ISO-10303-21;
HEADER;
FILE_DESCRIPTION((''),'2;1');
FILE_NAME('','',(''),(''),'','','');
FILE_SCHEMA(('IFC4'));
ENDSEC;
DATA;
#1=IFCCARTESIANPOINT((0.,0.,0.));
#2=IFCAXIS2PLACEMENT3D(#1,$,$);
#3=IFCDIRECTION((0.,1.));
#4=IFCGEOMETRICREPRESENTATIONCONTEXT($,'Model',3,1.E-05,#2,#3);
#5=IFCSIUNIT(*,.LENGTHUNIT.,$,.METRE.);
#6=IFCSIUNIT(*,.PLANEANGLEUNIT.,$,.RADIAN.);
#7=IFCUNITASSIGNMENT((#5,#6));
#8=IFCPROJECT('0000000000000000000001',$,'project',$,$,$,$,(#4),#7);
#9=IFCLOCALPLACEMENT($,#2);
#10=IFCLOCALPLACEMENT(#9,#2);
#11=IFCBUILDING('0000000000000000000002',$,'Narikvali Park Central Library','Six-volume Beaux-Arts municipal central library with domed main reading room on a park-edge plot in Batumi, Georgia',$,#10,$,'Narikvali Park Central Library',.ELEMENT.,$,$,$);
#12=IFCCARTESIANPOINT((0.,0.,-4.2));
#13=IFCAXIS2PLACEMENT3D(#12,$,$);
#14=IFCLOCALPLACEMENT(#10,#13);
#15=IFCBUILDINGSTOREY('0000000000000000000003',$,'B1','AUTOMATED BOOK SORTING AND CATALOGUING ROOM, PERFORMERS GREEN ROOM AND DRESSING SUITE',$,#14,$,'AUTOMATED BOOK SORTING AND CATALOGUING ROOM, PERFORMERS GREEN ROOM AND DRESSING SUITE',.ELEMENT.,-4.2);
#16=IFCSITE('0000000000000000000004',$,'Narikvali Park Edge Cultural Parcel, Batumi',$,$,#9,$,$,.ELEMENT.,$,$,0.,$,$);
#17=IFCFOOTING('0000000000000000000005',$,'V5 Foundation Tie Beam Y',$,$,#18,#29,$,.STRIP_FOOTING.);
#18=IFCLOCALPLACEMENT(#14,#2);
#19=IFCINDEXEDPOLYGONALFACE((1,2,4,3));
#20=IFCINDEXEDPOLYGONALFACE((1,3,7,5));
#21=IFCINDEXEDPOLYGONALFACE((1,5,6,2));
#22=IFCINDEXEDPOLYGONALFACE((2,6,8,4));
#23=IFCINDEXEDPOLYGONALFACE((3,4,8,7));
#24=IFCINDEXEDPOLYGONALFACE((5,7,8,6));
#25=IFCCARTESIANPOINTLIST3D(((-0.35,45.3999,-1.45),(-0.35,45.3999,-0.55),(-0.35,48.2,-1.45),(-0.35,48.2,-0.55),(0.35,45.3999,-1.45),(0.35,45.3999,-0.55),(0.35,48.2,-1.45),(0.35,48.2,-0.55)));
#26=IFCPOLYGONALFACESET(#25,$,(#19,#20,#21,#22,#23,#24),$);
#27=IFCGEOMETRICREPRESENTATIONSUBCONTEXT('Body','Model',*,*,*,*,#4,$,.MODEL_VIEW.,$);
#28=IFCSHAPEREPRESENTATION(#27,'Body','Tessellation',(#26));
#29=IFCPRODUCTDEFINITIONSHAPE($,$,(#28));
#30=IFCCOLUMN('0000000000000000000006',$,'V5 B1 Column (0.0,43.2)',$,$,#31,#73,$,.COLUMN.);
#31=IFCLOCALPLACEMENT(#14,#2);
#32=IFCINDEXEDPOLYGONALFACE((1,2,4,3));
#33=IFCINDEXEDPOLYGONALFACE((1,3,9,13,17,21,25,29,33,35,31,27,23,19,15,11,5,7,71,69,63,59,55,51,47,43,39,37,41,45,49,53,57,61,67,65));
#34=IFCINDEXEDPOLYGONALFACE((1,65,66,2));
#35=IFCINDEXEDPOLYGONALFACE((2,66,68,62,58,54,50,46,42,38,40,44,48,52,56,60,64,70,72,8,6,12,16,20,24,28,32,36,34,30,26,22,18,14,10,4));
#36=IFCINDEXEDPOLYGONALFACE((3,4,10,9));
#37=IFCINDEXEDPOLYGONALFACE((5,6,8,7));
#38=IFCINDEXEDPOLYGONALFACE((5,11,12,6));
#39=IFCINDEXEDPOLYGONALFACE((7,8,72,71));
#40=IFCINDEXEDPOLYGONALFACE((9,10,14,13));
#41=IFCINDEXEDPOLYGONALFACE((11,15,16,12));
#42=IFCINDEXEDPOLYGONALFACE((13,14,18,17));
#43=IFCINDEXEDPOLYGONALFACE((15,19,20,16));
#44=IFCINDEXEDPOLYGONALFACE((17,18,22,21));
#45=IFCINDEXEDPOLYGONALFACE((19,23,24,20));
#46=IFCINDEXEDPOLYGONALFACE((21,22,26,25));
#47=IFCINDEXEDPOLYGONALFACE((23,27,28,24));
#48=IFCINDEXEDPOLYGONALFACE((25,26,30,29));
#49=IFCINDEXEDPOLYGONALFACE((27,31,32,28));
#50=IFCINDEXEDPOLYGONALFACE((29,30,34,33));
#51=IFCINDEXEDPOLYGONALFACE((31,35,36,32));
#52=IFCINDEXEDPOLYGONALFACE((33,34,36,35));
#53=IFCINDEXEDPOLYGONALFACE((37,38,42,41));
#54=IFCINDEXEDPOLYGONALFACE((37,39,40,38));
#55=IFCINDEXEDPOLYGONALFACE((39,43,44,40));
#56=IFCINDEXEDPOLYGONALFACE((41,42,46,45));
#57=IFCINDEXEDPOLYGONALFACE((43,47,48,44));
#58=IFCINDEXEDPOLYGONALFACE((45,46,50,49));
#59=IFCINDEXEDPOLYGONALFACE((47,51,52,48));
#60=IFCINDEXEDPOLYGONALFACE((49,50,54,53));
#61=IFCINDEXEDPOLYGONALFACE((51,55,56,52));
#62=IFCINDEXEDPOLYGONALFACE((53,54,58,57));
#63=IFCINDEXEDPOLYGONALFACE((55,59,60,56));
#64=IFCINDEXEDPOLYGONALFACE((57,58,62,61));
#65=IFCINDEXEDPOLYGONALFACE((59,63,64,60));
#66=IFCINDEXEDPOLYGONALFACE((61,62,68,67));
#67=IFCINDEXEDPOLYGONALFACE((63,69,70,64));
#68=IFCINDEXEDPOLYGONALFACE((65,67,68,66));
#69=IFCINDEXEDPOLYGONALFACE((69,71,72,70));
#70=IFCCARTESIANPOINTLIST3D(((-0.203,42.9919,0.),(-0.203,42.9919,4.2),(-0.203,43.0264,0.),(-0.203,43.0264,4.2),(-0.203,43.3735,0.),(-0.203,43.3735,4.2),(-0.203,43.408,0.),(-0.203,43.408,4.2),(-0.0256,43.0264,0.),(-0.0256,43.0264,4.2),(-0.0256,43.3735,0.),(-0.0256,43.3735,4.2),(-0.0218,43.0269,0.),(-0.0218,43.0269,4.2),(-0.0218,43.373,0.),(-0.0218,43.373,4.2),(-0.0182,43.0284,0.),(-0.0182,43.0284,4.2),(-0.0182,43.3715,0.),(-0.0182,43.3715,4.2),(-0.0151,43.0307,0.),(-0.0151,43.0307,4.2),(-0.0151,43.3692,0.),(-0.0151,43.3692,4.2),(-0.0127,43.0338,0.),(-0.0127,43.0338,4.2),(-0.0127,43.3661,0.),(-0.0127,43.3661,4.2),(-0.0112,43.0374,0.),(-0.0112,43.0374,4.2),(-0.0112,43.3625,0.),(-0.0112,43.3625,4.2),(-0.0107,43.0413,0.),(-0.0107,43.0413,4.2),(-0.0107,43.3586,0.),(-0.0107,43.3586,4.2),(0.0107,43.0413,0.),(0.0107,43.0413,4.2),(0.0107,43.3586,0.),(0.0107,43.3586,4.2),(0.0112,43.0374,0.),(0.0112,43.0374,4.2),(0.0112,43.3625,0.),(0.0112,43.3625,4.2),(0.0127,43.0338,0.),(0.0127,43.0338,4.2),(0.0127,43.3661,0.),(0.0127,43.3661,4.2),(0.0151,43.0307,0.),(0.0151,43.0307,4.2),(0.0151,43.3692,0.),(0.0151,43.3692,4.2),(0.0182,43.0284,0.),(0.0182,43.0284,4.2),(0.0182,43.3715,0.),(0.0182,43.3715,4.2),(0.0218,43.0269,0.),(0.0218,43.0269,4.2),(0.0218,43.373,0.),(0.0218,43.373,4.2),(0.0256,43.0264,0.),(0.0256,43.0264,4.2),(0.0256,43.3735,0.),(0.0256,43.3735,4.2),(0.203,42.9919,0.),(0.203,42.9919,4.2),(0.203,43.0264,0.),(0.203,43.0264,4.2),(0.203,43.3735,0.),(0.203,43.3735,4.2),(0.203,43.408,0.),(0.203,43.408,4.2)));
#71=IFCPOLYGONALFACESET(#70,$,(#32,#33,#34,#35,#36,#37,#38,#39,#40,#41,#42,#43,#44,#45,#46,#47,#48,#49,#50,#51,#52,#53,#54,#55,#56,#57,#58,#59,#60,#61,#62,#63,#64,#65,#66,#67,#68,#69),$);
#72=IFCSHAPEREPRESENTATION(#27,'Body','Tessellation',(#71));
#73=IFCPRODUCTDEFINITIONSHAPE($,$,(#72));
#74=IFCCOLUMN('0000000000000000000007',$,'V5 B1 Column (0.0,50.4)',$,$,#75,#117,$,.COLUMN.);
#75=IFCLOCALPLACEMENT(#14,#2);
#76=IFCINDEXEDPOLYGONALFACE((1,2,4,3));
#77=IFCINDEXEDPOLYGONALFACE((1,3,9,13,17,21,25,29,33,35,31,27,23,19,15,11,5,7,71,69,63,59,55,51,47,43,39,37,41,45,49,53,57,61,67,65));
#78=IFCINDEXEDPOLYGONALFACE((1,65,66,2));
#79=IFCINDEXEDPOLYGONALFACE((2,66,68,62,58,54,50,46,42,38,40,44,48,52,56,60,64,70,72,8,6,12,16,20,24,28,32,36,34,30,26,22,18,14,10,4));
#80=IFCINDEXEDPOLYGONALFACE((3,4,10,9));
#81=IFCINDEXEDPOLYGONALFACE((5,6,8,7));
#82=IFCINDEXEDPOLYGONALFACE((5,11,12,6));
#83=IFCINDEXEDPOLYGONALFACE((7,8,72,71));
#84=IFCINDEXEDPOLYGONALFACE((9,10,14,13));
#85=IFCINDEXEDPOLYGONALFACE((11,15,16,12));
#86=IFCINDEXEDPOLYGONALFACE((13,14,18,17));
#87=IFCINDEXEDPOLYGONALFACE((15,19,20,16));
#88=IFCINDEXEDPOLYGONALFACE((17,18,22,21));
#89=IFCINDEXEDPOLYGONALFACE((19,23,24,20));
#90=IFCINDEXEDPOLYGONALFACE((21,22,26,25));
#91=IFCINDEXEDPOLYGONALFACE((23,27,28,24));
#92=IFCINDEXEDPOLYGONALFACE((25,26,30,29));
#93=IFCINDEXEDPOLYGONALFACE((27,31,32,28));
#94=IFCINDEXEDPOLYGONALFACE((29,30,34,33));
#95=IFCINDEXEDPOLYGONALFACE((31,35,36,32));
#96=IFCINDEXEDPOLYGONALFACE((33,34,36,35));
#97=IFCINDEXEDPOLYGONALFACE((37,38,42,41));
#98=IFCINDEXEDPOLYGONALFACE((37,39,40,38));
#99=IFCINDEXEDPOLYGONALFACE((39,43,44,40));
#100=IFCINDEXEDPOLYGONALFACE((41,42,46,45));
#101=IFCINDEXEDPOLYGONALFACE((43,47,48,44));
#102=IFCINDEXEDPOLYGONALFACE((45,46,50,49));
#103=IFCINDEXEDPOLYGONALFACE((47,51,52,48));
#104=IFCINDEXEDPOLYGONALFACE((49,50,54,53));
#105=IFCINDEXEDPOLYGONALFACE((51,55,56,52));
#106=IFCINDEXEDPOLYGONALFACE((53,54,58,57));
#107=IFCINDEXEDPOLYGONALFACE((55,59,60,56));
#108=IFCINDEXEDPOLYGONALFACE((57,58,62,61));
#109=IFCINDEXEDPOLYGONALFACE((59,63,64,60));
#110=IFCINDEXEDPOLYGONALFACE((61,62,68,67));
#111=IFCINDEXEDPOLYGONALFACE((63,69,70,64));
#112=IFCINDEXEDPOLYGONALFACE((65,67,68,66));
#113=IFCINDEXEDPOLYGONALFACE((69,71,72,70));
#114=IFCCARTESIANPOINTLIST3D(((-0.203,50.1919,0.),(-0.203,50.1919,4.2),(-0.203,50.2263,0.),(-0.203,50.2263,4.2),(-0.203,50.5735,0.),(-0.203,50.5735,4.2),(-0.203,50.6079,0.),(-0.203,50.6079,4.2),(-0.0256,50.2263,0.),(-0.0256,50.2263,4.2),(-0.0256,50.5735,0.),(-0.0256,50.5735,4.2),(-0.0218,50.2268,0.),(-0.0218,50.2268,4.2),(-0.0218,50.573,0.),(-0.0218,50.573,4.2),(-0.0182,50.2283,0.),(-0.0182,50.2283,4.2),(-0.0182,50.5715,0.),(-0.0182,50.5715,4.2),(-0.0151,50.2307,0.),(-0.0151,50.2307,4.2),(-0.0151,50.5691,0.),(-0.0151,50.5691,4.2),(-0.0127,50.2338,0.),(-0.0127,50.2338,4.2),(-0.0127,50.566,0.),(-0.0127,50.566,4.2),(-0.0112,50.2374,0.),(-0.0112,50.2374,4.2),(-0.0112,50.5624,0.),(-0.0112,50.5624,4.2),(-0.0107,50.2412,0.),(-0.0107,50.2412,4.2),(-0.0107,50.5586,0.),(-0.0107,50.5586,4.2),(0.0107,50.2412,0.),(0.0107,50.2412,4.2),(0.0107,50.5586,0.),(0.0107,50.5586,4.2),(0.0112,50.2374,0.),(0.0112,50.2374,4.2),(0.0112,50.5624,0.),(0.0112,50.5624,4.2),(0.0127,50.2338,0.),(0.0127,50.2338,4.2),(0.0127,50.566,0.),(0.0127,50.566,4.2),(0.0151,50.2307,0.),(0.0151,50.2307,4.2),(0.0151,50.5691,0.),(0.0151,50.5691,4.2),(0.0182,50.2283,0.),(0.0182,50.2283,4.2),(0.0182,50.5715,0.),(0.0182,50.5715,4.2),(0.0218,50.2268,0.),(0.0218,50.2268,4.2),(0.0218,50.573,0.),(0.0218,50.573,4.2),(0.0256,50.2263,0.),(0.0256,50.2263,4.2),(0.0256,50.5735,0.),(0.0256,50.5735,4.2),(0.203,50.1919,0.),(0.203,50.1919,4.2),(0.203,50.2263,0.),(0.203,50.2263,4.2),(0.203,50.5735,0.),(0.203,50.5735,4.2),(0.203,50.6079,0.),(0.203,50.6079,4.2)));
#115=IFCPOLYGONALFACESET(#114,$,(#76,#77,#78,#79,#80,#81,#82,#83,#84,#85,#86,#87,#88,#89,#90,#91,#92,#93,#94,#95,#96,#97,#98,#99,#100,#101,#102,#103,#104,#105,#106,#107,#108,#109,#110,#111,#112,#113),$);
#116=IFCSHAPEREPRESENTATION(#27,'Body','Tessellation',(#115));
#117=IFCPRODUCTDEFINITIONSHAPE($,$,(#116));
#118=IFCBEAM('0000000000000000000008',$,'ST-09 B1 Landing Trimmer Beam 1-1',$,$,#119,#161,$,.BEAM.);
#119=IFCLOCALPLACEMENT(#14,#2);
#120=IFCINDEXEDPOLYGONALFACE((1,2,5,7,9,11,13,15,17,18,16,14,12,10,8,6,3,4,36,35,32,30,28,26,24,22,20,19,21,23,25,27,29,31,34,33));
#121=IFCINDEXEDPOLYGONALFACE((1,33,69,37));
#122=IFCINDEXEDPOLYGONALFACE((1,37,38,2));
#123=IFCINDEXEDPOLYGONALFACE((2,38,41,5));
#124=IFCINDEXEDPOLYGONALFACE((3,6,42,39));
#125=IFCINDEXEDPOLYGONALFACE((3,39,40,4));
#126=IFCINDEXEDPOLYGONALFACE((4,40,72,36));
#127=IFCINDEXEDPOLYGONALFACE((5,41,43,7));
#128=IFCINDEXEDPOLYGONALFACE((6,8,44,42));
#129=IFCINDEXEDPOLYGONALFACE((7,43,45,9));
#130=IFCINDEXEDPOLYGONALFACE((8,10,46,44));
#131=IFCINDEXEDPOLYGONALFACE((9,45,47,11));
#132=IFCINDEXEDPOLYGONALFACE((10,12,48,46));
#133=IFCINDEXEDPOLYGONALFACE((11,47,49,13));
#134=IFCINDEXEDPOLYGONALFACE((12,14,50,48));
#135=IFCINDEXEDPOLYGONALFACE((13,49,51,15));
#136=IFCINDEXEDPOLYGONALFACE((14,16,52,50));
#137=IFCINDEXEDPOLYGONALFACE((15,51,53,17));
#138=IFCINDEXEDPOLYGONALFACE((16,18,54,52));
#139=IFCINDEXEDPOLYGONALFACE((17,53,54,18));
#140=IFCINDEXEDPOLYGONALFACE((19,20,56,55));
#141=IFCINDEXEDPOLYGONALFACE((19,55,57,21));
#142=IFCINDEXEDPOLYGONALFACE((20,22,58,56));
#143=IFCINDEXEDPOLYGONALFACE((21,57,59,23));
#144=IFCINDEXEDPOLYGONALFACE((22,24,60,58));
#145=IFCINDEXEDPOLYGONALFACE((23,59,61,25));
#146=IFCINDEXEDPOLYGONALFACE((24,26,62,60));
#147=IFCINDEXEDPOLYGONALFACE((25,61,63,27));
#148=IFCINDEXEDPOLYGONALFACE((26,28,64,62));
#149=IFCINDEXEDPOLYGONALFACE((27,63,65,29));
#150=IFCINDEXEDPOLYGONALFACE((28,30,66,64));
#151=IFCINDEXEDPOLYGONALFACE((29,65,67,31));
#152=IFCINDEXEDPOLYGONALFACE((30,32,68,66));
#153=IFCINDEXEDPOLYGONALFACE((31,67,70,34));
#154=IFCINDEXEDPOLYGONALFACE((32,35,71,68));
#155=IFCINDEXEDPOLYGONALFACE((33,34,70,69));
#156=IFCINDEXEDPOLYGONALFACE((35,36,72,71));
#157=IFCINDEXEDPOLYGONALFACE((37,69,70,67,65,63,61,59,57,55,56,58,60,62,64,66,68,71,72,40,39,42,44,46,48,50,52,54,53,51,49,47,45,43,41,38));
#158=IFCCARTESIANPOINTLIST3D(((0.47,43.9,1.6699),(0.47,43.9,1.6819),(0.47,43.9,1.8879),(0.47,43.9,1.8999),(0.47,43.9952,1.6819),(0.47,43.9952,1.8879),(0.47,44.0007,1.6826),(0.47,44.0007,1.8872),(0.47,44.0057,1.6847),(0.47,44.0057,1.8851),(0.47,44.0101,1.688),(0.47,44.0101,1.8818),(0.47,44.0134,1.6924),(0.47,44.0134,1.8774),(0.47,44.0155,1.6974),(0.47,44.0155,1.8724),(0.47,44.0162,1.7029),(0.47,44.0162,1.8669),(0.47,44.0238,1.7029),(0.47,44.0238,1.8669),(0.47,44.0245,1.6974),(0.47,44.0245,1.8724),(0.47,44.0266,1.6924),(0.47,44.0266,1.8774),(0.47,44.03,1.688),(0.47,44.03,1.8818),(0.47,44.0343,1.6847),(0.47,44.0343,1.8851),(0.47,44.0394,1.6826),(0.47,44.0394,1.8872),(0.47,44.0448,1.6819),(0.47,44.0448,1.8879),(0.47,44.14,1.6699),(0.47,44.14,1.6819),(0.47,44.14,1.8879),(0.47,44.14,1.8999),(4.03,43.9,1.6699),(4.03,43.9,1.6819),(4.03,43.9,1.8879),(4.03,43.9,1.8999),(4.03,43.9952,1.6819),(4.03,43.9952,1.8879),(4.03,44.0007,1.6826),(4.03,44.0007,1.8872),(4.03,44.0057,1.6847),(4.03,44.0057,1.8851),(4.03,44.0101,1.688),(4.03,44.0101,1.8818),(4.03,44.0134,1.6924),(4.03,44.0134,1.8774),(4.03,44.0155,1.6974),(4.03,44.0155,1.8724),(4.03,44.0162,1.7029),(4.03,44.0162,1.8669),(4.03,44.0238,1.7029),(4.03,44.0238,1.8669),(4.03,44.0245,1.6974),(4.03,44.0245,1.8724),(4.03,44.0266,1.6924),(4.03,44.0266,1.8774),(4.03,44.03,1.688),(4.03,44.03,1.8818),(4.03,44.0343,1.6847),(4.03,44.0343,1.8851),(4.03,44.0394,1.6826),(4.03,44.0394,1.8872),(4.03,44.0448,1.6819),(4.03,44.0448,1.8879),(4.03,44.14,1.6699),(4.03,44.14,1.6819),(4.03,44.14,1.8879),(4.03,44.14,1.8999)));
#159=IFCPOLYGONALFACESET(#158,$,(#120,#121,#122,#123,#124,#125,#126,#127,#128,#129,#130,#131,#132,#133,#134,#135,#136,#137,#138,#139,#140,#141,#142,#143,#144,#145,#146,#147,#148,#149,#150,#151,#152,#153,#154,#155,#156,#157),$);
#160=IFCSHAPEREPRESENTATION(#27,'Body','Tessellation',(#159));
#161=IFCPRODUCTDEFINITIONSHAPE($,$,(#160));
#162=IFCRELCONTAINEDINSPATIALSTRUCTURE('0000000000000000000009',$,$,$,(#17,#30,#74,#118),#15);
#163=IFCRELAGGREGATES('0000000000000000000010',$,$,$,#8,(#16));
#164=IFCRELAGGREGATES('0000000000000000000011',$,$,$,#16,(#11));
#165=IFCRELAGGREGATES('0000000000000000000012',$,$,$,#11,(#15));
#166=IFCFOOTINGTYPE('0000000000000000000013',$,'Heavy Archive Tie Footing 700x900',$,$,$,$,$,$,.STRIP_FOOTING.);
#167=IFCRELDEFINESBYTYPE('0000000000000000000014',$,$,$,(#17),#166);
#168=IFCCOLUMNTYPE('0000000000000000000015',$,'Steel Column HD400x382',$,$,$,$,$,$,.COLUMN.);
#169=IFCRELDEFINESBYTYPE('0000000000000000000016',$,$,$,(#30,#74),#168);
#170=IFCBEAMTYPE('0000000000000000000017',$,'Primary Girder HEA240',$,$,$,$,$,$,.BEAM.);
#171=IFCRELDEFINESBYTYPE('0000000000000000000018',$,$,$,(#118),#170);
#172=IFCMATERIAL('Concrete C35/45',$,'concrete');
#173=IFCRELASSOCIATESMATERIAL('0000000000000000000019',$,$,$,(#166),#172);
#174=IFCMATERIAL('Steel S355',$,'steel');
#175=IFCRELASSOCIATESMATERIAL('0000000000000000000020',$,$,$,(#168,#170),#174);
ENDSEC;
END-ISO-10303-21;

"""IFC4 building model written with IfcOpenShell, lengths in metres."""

from ifc_helpers import new_model, si_unit, direction, frame, origin, origin_2d, place, context, subcontext, project, spatial, rectangle, i_section, extrude, material, material_profile, profile_set, type_object, element, save


model = new_model("IFC4")

# Units and contexts
model_context = context("Model", 3, precision=1e-05, world=origin(), true_north=direction((0.0, 1.0)))
body_context = subcontext(model_context, "Body", "Model", "MODEL_VIEW")
ifc_project = project(units=[si_unit("LENGTHUNIT", "METRE"), si_unit("PLANEANGLEUNIT", "RADIAN")], contexts=[model_context])

# Site, building, storey
site_placement = place(None, origin())
site = spatial("IfcSite", under=ifc_project, at=site_placement, Name="Narikvali Park Edge Cultural Parcel, Batumi", CompositionType="ELEMENT", RefElevation=0.0)
building_placement = place(site_placement, origin())
building = spatial("IfcBuilding", under=site, at=building_placement, Name="Narikvali Park Central Library", Description="Six-volume Beaux-Arts municipal central library with domed main reading room on a park-edge plot in Batumi, Georgia", LongName="Narikvali Park Central Library", CompositionType="ELEMENT")
storey_placement = place(building_placement, frame((0.0, 0.0, -4.2)))
storey = spatial("IfcBuildingStorey", under=building, at=storey_placement, Name="B1", Description="AUTOMATED BOOK SORTING AND CATALOGUING ROOM, PERFORMERS GREEN ROOM AND DRESSING SUITE", LongName="AUTOMATED BOOK SORTING AND CATALOGUING ROOM, PERFORMERS GREEN ROOM AND DRESSING SUITE", CompositionType="ELEMENT", Elevation=-4.2)

# Shared definitions
ifc_material_1 = material(Name="Concrete C35/45", Category="concrete")

# Footing
ifc_material_profile_1 = material_profile(ifc_material_1, rectangle(XDim=0.7, YDim=0.8999, at=origin_2d()), Name="RC GB 700x900")
ifc_profile_set_1 = profile_set([ifc_material_profile_1], Name="Concrete C35/45")
footing_type_1 = type_object("IfcFootingType", Name="Heavy Archive Tie Footing 700x900", PredefinedType="STRIP_FOOTING", material=ifc_profile_set_1)
for number, where, z_axis, x_axis, name in (
    (1, (0.0, 45.3999, -1.0), (0.0, 1.0, 0.0), (-1.0, 0.0, 0.0), "V5 Foundation Tie Beam Y"),
):
    element("IfcFooting", number, at=place(storey_placement, frame(where, z_axis=z_axis, x_axis=x_axis)), inside=storey, type_object=footing_type_1, Name=name, PredefinedType="STRIP_FOOTING", context=body_context, shape_type="SweptSolid", body=[
        extrude(rectangle(XDim=0.7, YDim=0.8999, at=origin_2d()), origin(), (0.0, 0.0, 1.0), 2.8),
    ])

# Columns
ifc_material_2 = material(Name="Steel S355", Category="steel")
ifc_material_profile_2 = material_profile(ifc_material_2, i_section(OverallWidth=0.406, OverallDepth=0.416, WebThickness=0.0215, FlangeThickness=0.0344, FilletRadius=0.0149, at=origin_2d()), Name="HD 400x382")
ifc_profile_set_2 = profile_set([ifc_material_profile_2], Name="Steel S355")
column_type = type_object("IfcColumnType", Name="Steel Column HD400x382", PredefinedType="COLUMN", material=ifc_profile_set_2)
for number, where, z_axis, x_axis, name in (
    (2, (0.0, 43.2, 0.0), (0.0, 0.0, 1.0), (1.0, 0.0, 0.0), "V5 B1 Column (0.0,43.2)"),
    (3, (0.0, 50.3999, 0.0), (0.0, 0.0, 1.0), (1.0, 0.0, 0.0), "V5 B1 Column (0.0,50.4)"),
):
    element("IfcColumn", number, at=place(storey_placement, frame(where, z_axis=z_axis, x_axis=x_axis)), inside=storey, type_object=column_type, Name=name, PredefinedType="COLUMN", context=body_context, shape_type="SweptSolid", body=[
        extrude(i_section(OverallWidth=0.406, OverallDepth=0.416, WebThickness=0.0215, FlangeThickness=0.0344, FilletRadius=0.0149, at=origin_2d()), origin(), (0.0, 0.0, 1.0), 4.2),
    ])

# Beam
ifc_material_profile_3 = material_profile(ifc_material_2, i_section(OverallWidth=0.24, OverallDepth=0.23, WebThickness=0.0076, FlangeThickness=0.012, FilletRadius=0.021, at=origin_2d()), Name="HEA 240")
ifc_profile_set_3 = profile_set([ifc_material_profile_3], Name="Steel S355")
beam_type = type_object("IfcBeamType", Name="Primary Girder HEA240", PredefinedType="BEAM", material=ifc_profile_set_3)
for number, where, z_axis, x_axis, name in (
    (4, (0.47, 44.02, 1.7849), (1.0, 0.0, 0.0), (0.0, 1.0, 0.0), "ST-09 B1 Landing Trimmer Beam 1-1"),
):
    element("IfcBeam", number, at=place(storey_placement, frame(where, z_axis=z_axis, x_axis=x_axis)), inside=storey, type_object=beam_type, Name=name, PredefinedType="BEAM", context=body_context, shape_type="SweptSolid", body=[
        extrude(i_section(OverallWidth=0.24, OverallDepth=0.23, WebThickness=0.0076, FlangeThickness=0.012, FilletRadius=0.021, at=origin_2d()), origin(), (0.0, 0.0, 1.0), 3.5601),
    ])

save(model, "model.ifc")
